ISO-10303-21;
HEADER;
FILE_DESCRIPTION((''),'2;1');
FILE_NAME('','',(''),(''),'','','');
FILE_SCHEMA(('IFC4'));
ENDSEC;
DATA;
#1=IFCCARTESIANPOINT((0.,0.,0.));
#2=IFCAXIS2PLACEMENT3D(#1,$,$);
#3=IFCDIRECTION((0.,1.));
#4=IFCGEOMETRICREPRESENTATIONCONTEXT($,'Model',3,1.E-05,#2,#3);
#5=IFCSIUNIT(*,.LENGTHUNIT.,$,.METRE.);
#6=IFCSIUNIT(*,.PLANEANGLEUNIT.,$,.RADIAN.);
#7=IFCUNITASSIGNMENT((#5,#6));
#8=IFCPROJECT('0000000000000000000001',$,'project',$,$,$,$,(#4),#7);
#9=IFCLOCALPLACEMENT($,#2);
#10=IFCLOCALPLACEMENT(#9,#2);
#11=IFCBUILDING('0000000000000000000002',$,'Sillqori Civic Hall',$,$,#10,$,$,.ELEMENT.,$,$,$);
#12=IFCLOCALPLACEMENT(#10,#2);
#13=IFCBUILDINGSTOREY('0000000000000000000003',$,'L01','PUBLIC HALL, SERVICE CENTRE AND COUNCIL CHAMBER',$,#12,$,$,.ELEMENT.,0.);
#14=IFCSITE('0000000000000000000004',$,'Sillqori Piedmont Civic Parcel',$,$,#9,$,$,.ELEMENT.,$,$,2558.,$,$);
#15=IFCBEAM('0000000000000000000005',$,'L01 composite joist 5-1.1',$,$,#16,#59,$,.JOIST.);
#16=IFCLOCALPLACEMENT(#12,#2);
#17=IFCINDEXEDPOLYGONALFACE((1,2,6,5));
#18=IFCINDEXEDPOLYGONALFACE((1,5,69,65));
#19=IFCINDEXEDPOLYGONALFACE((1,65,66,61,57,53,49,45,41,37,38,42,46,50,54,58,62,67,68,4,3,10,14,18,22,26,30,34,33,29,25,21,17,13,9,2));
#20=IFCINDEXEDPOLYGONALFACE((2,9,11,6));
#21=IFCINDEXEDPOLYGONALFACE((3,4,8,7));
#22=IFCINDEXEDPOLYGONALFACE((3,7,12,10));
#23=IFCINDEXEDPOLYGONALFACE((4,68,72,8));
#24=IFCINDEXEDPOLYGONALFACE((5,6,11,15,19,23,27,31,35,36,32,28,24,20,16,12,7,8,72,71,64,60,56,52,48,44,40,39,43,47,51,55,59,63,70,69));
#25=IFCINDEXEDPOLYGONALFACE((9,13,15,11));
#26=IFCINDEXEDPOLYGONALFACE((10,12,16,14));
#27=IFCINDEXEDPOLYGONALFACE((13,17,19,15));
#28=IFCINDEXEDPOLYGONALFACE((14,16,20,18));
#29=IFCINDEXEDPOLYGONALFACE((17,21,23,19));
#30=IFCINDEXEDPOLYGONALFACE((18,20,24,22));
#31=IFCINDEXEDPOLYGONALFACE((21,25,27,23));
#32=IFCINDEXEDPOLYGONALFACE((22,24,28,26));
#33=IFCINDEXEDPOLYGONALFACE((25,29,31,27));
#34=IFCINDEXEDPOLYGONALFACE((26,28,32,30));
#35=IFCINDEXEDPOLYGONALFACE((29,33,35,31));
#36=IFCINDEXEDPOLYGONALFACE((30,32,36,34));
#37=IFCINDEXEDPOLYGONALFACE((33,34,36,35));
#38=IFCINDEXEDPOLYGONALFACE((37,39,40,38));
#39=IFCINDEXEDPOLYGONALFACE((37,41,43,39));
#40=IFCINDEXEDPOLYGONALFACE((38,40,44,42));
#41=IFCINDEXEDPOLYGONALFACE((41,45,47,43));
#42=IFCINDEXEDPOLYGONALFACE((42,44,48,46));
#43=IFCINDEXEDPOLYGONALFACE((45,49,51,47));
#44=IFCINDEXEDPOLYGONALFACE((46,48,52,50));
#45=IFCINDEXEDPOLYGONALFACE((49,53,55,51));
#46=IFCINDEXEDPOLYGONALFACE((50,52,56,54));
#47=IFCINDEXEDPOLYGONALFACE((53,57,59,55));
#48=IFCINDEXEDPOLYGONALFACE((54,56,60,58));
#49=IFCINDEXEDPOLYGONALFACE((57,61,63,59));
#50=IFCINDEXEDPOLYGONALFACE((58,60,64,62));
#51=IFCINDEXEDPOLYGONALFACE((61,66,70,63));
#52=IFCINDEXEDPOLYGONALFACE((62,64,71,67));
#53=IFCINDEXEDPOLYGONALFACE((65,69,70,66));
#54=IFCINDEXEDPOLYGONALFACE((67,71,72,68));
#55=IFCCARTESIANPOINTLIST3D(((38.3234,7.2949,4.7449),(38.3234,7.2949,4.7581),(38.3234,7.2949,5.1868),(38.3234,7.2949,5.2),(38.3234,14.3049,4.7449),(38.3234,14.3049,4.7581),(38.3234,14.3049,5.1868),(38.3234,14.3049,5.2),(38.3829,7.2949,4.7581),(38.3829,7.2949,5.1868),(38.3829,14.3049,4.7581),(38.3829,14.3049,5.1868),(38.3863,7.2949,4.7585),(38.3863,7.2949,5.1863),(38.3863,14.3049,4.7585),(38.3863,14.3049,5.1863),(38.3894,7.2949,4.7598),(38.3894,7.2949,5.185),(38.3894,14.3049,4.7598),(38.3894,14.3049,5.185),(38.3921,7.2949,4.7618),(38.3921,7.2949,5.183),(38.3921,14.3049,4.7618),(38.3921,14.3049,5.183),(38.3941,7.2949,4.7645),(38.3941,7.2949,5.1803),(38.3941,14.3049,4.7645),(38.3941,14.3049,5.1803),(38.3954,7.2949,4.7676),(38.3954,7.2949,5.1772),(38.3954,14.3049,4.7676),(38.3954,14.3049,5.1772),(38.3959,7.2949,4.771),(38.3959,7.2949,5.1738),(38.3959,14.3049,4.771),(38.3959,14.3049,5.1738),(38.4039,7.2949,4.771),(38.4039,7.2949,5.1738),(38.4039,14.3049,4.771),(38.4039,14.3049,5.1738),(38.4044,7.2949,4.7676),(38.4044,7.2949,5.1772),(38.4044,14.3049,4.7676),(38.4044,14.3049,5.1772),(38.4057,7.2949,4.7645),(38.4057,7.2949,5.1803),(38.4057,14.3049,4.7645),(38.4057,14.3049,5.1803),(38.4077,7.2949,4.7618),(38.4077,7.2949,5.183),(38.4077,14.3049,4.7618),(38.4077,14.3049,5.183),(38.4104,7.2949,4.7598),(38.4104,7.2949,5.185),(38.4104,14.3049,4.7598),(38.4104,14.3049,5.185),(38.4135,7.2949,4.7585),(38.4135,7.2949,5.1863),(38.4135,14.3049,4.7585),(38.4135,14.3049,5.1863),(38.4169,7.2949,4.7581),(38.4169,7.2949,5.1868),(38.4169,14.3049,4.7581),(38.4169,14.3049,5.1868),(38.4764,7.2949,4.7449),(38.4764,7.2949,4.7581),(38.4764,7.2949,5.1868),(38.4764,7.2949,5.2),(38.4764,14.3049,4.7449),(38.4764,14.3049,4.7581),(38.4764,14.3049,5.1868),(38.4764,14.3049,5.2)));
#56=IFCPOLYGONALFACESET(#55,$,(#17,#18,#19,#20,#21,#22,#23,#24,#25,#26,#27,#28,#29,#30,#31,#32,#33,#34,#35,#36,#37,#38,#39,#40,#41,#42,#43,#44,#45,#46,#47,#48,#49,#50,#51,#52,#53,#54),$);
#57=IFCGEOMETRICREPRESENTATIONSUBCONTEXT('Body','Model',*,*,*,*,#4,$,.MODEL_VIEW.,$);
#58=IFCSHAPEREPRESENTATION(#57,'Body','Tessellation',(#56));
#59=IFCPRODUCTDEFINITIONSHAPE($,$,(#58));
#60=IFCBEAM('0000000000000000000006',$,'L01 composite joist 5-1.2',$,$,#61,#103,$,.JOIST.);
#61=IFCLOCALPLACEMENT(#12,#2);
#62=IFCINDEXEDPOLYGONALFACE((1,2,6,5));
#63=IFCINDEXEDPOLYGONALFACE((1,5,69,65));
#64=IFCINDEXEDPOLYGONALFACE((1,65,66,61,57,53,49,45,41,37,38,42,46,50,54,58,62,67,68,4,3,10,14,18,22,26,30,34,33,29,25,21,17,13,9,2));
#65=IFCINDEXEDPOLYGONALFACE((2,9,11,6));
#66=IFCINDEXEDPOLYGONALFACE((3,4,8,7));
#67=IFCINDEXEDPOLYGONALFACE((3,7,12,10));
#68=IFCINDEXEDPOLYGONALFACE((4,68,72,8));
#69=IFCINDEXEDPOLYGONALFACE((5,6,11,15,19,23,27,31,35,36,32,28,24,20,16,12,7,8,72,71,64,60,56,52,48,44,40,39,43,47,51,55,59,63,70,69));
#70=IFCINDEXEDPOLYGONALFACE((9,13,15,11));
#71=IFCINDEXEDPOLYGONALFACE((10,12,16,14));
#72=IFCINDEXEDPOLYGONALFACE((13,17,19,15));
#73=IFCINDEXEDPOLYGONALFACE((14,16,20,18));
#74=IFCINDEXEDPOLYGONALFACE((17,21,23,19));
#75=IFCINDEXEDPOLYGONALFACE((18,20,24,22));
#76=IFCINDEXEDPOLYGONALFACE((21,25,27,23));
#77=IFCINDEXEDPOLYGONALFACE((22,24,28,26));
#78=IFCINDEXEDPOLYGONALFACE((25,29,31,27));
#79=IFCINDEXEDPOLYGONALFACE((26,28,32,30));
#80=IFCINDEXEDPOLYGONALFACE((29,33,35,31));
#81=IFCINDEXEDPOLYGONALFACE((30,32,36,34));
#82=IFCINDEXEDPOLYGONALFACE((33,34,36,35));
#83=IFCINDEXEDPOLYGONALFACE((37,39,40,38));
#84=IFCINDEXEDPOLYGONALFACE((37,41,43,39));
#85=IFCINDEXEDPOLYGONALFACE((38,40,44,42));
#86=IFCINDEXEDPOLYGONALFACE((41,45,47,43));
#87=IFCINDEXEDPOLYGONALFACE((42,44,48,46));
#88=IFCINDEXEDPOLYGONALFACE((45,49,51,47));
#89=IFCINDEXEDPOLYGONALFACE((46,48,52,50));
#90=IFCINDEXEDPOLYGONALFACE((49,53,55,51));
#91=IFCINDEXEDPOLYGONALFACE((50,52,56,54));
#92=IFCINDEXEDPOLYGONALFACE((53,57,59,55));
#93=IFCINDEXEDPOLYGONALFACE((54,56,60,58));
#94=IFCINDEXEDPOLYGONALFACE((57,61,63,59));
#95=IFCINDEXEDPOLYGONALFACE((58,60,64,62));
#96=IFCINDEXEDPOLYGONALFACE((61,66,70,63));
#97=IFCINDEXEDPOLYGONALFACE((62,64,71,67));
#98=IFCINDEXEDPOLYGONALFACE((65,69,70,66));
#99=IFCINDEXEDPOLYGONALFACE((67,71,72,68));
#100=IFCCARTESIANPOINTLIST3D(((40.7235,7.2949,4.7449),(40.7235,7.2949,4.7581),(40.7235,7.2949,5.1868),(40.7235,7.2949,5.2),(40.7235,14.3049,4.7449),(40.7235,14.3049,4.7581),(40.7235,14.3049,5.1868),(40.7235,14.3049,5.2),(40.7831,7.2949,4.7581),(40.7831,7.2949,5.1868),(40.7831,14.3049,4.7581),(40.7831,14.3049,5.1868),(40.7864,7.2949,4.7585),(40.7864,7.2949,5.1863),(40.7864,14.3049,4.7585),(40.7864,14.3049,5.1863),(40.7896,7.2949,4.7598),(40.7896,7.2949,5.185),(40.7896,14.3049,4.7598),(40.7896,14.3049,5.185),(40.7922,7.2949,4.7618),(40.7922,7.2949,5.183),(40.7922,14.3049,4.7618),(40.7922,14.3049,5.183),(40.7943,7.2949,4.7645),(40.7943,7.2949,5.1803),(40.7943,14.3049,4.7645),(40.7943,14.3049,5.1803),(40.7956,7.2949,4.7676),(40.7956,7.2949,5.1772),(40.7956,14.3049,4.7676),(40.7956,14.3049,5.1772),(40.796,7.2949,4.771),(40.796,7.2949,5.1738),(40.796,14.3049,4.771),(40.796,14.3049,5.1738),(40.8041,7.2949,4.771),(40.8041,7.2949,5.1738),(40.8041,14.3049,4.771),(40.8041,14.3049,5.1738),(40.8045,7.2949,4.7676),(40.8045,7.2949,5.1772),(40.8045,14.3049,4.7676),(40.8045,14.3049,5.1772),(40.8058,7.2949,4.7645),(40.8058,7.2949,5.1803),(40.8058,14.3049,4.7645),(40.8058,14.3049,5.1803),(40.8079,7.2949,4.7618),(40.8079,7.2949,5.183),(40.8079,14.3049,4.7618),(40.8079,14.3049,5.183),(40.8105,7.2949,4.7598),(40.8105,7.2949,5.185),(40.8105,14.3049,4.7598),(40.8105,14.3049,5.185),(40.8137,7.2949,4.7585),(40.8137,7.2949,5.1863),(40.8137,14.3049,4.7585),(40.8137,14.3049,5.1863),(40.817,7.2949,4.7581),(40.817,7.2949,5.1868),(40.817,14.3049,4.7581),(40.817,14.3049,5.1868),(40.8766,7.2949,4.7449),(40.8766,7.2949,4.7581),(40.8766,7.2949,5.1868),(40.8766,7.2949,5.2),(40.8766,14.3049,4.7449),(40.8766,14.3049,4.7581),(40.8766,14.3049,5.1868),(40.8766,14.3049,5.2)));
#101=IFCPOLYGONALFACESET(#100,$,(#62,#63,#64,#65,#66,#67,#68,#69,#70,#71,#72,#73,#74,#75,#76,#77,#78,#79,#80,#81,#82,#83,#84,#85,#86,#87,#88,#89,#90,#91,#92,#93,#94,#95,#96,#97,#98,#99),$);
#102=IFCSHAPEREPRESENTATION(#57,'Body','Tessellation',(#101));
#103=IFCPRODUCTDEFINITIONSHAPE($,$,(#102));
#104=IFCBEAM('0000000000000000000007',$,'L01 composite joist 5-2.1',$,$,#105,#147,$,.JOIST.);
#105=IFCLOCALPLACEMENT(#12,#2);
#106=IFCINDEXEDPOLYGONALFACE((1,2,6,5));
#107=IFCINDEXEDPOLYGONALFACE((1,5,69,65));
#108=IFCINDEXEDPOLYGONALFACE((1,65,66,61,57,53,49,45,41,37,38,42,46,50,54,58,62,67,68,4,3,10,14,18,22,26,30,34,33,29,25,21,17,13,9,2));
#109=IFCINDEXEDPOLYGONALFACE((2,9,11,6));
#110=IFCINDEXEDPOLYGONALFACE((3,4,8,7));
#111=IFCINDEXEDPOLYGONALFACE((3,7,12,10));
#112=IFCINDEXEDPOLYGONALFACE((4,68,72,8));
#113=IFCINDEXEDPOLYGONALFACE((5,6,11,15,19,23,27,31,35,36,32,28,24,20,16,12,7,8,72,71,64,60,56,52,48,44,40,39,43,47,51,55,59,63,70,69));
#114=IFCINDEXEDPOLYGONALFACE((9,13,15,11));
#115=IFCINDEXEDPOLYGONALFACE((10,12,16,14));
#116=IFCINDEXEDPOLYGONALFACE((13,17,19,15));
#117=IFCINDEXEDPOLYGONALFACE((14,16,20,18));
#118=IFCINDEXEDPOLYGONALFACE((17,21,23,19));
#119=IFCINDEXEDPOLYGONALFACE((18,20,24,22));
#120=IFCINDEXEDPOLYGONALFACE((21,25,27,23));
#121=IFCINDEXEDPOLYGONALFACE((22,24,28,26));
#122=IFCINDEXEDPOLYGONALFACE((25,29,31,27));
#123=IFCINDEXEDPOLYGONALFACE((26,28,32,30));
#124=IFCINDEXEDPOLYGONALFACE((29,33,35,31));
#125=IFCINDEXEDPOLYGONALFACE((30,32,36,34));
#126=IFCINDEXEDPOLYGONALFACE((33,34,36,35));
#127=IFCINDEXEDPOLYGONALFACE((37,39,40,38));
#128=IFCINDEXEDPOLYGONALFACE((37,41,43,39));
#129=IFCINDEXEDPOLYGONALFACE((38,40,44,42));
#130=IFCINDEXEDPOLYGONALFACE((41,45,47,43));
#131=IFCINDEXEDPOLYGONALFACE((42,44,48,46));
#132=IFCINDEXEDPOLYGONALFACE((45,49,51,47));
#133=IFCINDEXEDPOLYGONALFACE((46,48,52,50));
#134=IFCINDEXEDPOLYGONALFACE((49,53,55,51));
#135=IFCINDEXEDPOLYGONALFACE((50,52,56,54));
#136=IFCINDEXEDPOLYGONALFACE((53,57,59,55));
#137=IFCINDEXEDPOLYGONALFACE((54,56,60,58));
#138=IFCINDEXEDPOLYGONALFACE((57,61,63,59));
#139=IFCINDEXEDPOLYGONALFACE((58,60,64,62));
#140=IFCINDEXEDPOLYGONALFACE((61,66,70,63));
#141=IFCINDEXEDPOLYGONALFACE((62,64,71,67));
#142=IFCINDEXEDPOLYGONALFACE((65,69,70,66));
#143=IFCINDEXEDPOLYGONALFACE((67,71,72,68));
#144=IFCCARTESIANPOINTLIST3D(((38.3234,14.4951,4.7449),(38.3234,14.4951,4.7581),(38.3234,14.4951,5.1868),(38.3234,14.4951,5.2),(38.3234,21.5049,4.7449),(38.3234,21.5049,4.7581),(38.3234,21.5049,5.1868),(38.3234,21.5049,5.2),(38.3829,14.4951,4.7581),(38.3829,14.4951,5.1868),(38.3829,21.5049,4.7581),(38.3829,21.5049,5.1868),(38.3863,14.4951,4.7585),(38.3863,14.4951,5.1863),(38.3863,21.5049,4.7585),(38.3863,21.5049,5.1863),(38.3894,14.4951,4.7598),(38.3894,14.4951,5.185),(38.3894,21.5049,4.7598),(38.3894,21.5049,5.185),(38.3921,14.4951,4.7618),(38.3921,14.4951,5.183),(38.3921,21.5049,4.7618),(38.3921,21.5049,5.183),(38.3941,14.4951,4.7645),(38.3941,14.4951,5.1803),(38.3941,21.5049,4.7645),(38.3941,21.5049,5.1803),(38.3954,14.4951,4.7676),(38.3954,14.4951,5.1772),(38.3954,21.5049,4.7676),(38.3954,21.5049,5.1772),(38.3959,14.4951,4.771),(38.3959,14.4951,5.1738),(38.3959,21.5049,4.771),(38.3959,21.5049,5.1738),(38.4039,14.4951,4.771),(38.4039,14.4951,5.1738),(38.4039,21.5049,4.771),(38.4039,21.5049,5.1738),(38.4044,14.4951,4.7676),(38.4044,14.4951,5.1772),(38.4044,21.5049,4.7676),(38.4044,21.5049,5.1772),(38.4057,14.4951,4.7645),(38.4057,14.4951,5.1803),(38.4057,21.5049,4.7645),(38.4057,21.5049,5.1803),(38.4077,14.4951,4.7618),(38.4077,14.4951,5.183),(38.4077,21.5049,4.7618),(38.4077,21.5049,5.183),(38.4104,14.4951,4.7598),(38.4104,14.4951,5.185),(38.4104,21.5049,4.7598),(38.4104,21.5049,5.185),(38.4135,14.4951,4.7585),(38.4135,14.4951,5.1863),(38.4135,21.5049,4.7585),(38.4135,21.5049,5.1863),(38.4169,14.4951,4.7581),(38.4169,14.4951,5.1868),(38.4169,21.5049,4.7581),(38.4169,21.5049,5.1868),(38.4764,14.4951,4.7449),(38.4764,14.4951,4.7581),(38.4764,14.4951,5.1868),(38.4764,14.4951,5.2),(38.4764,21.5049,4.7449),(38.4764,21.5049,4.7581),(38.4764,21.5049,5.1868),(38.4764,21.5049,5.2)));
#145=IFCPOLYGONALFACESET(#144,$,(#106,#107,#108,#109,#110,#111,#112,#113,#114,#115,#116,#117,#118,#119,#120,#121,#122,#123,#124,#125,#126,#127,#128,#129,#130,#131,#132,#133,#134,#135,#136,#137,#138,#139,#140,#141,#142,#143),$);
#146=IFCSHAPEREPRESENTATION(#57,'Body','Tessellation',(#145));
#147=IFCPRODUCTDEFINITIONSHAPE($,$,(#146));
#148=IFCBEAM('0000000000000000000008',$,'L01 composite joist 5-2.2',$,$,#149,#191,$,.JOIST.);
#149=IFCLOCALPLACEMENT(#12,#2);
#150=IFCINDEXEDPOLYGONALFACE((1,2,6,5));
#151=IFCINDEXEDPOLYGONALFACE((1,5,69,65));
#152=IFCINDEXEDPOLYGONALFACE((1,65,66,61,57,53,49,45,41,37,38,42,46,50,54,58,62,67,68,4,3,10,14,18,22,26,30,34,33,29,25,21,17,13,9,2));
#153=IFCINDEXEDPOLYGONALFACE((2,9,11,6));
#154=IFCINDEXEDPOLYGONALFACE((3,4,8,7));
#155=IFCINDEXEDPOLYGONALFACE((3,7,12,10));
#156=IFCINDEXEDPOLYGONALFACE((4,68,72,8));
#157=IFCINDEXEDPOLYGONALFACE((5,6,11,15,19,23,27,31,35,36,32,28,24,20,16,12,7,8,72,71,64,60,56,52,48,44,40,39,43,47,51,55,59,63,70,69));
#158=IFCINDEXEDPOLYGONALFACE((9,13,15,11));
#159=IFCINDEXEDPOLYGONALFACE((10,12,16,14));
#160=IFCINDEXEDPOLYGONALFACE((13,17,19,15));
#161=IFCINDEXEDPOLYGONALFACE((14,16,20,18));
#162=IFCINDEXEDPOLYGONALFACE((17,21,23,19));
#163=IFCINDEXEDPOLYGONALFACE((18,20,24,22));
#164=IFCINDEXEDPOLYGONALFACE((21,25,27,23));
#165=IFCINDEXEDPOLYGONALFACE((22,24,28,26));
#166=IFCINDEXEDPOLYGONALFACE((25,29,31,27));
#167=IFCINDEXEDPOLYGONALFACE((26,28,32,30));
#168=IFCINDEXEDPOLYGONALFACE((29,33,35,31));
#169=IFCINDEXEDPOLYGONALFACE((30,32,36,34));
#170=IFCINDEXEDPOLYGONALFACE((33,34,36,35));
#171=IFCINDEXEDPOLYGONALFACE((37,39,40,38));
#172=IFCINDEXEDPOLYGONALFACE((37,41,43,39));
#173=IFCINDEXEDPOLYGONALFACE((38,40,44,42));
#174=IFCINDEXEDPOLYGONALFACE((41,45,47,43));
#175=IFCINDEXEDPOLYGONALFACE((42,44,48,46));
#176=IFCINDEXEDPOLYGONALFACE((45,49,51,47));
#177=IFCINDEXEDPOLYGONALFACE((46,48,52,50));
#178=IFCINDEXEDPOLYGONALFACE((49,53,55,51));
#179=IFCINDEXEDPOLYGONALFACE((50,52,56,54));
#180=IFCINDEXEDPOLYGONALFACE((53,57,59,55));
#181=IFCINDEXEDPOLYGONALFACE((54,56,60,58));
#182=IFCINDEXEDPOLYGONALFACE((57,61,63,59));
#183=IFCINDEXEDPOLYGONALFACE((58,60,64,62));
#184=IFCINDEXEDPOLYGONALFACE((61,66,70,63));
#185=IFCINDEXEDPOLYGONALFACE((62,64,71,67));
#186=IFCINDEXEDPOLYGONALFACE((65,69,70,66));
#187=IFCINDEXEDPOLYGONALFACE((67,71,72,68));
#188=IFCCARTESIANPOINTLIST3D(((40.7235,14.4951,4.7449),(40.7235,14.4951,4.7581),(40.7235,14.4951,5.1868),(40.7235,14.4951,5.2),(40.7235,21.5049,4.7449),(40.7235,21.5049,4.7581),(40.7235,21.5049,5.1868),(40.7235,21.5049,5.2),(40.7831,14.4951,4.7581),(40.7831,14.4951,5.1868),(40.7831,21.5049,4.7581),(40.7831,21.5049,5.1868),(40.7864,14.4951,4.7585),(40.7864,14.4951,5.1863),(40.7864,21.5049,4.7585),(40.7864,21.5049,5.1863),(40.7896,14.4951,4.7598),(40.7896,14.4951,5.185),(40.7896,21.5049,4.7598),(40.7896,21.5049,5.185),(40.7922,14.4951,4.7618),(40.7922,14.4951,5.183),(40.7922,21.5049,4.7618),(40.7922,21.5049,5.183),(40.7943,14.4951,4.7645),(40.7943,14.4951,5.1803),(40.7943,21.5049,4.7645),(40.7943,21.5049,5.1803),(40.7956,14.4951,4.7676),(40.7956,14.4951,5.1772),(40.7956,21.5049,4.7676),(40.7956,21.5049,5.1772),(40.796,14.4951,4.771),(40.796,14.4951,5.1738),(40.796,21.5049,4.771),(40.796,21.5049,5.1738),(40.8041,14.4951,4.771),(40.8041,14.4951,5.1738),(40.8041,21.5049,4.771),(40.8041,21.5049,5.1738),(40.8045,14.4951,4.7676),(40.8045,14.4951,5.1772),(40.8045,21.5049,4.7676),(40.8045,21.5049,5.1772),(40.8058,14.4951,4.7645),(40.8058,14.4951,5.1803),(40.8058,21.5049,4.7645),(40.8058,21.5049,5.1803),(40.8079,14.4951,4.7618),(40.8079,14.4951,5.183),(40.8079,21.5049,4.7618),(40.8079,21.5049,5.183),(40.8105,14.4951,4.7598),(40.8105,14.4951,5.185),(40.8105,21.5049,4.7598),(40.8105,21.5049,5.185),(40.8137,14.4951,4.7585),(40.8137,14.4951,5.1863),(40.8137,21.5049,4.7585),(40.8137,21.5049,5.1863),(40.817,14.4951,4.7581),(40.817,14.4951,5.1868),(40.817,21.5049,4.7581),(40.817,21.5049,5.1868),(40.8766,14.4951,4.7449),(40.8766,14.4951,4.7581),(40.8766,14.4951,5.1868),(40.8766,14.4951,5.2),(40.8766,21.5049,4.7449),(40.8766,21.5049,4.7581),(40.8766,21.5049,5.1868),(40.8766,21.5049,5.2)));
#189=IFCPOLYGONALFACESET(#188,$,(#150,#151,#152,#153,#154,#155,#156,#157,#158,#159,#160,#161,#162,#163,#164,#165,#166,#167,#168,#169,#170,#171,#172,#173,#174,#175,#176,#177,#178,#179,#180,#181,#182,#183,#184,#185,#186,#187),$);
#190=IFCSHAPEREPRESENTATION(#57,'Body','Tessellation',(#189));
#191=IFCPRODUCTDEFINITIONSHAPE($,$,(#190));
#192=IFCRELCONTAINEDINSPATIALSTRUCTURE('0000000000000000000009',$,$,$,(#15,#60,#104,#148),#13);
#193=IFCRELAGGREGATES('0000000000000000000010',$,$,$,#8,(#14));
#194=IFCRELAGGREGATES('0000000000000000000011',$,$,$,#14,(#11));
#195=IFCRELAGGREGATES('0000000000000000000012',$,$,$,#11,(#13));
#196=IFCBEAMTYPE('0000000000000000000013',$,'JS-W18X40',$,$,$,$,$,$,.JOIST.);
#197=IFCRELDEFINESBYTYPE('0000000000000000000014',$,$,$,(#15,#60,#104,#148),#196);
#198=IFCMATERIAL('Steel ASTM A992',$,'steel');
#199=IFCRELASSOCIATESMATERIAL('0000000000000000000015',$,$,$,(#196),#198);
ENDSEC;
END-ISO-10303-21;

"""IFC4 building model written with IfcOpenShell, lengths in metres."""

from ifc_helpers import new_model, si_unit, direction, frame, origin, origin_2d, place, context, subcontext, project, spatial, i_section, extrude, material, material_profile, profile_set, type_object, element, save


model = new_model("IFC4")

# Units and contexts
model_context = context("Model", 3, precision=1e-05, world=origin(), true_north=direction((0.0, 1.0)))
body_context = subcontext(model_context, "Body", "Model", "MODEL_VIEW")
ifc_project = project(units=[si_unit("LENGTHUNIT", "METRE"), si_unit("PLANEANGLEUNIT", "RADIAN")], contexts=[model_context])

# Site, building, storey
site_placement = place(None, origin())
site = spatial("IfcSite", under=ifc_project, at=site_placement, Name="Sillqori Piedmont Civic Parcel", CompositionType="ELEMENT", RefElevation=2558.0)
building_placement = place(site_placement, origin())
building = spatial("IfcBuilding", under=site, at=building_placement, Name="Sillqori Civic Hall", CompositionType="ELEMENT")
storey_placement = place(building_placement, origin())
storey = spatial("IfcBuildingStorey", under=building, at=storey_placement, Name="L01", Description="PUBLIC HALL, SERVICE CENTRE AND COUNCIL CHAMBER", CompositionType="ELEMENT", Elevation=0.0)

# Shared definitions
ifc_material_1 = material(Name="Steel ASTM A992", Category="steel")

# Beams
ifc_material_profile_1 = material_profile(ifc_material_1, i_section(OverallWidth=0.1531, OverallDepth=0.4551, WebThickness=0.0081, FlangeThickness=0.0132, FilletRadius=0.0129, at=origin_2d()), Name="W18X40")
ifc_profile_set_1 = profile_set([ifc_material_profile_1], Name="Steel ASTM A992")
beam_type_1 = type_object("IfcBeamType", Name="JS-W18X40", PredefinedType="JOIST", material=ifc_profile_set_1)
for number, where, z_axis, x_axis, name in (
    (1, (38.3999, 7.2949, 4.9724), (0.0, 1.0, 0.0), (-1.0, 0.0, 0.0), "L01 composite joist 5-1.1"),
    (2, (40.8, 7.2949, 4.9724), (0.0, 1.0, 0.0), (-1.0, 0.0, 0.0), "L01 composite joist 5-1.2"),
):
    element("IfcBeam", number, at=place(storey_placement, frame(where, z_axis=z_axis, x_axis=x_axis)), inside=storey, type_object=beam_type_1, Name=name, PredefinedType="JOIST", context=body_context, shape_type="SweptSolid", body=[
        extrude(i_section(OverallWidth=0.1531, OverallDepth=0.4551, WebThickness=0.0081, FlangeThickness=0.0132, FilletRadius=0.0129, at=origin_2d()), origin(), (0.0, 0.0, 1.0), 7.01),
    ])
for number, where, z_axis, x_axis, name in (
    (3, (38.3999, 14.4951, 4.9724), (0.0, 1.0, 0.0), (-1.0, 0.0, 0.0), "L01 composite joist 5-2.1"),
    (4, (40.8, 14.4951, 4.9724), (0.0, 1.0, 0.0), (-1.0, 0.0, 0.0), "L01 composite joist 5-2.2"),
):
    element("IfcBeam", number, at=place(storey_placement, frame(where, z_axis=z_axis, x_axis=x_axis)), inside=storey, type_object=beam_type_1, Name=name, PredefinedType="JOIST", context=body_context, shape_type="SweptSolid", body=[
        extrude(i_section(OverallWidth=0.1531, OverallDepth=0.4551, WebThickness=0.0081, FlangeThickness=0.0132, FilletRadius=0.0129, at=origin_2d()), origin(), (0.0, 0.0, 1.0), 7.0098),
    ])

save(model, "model.ifc")
